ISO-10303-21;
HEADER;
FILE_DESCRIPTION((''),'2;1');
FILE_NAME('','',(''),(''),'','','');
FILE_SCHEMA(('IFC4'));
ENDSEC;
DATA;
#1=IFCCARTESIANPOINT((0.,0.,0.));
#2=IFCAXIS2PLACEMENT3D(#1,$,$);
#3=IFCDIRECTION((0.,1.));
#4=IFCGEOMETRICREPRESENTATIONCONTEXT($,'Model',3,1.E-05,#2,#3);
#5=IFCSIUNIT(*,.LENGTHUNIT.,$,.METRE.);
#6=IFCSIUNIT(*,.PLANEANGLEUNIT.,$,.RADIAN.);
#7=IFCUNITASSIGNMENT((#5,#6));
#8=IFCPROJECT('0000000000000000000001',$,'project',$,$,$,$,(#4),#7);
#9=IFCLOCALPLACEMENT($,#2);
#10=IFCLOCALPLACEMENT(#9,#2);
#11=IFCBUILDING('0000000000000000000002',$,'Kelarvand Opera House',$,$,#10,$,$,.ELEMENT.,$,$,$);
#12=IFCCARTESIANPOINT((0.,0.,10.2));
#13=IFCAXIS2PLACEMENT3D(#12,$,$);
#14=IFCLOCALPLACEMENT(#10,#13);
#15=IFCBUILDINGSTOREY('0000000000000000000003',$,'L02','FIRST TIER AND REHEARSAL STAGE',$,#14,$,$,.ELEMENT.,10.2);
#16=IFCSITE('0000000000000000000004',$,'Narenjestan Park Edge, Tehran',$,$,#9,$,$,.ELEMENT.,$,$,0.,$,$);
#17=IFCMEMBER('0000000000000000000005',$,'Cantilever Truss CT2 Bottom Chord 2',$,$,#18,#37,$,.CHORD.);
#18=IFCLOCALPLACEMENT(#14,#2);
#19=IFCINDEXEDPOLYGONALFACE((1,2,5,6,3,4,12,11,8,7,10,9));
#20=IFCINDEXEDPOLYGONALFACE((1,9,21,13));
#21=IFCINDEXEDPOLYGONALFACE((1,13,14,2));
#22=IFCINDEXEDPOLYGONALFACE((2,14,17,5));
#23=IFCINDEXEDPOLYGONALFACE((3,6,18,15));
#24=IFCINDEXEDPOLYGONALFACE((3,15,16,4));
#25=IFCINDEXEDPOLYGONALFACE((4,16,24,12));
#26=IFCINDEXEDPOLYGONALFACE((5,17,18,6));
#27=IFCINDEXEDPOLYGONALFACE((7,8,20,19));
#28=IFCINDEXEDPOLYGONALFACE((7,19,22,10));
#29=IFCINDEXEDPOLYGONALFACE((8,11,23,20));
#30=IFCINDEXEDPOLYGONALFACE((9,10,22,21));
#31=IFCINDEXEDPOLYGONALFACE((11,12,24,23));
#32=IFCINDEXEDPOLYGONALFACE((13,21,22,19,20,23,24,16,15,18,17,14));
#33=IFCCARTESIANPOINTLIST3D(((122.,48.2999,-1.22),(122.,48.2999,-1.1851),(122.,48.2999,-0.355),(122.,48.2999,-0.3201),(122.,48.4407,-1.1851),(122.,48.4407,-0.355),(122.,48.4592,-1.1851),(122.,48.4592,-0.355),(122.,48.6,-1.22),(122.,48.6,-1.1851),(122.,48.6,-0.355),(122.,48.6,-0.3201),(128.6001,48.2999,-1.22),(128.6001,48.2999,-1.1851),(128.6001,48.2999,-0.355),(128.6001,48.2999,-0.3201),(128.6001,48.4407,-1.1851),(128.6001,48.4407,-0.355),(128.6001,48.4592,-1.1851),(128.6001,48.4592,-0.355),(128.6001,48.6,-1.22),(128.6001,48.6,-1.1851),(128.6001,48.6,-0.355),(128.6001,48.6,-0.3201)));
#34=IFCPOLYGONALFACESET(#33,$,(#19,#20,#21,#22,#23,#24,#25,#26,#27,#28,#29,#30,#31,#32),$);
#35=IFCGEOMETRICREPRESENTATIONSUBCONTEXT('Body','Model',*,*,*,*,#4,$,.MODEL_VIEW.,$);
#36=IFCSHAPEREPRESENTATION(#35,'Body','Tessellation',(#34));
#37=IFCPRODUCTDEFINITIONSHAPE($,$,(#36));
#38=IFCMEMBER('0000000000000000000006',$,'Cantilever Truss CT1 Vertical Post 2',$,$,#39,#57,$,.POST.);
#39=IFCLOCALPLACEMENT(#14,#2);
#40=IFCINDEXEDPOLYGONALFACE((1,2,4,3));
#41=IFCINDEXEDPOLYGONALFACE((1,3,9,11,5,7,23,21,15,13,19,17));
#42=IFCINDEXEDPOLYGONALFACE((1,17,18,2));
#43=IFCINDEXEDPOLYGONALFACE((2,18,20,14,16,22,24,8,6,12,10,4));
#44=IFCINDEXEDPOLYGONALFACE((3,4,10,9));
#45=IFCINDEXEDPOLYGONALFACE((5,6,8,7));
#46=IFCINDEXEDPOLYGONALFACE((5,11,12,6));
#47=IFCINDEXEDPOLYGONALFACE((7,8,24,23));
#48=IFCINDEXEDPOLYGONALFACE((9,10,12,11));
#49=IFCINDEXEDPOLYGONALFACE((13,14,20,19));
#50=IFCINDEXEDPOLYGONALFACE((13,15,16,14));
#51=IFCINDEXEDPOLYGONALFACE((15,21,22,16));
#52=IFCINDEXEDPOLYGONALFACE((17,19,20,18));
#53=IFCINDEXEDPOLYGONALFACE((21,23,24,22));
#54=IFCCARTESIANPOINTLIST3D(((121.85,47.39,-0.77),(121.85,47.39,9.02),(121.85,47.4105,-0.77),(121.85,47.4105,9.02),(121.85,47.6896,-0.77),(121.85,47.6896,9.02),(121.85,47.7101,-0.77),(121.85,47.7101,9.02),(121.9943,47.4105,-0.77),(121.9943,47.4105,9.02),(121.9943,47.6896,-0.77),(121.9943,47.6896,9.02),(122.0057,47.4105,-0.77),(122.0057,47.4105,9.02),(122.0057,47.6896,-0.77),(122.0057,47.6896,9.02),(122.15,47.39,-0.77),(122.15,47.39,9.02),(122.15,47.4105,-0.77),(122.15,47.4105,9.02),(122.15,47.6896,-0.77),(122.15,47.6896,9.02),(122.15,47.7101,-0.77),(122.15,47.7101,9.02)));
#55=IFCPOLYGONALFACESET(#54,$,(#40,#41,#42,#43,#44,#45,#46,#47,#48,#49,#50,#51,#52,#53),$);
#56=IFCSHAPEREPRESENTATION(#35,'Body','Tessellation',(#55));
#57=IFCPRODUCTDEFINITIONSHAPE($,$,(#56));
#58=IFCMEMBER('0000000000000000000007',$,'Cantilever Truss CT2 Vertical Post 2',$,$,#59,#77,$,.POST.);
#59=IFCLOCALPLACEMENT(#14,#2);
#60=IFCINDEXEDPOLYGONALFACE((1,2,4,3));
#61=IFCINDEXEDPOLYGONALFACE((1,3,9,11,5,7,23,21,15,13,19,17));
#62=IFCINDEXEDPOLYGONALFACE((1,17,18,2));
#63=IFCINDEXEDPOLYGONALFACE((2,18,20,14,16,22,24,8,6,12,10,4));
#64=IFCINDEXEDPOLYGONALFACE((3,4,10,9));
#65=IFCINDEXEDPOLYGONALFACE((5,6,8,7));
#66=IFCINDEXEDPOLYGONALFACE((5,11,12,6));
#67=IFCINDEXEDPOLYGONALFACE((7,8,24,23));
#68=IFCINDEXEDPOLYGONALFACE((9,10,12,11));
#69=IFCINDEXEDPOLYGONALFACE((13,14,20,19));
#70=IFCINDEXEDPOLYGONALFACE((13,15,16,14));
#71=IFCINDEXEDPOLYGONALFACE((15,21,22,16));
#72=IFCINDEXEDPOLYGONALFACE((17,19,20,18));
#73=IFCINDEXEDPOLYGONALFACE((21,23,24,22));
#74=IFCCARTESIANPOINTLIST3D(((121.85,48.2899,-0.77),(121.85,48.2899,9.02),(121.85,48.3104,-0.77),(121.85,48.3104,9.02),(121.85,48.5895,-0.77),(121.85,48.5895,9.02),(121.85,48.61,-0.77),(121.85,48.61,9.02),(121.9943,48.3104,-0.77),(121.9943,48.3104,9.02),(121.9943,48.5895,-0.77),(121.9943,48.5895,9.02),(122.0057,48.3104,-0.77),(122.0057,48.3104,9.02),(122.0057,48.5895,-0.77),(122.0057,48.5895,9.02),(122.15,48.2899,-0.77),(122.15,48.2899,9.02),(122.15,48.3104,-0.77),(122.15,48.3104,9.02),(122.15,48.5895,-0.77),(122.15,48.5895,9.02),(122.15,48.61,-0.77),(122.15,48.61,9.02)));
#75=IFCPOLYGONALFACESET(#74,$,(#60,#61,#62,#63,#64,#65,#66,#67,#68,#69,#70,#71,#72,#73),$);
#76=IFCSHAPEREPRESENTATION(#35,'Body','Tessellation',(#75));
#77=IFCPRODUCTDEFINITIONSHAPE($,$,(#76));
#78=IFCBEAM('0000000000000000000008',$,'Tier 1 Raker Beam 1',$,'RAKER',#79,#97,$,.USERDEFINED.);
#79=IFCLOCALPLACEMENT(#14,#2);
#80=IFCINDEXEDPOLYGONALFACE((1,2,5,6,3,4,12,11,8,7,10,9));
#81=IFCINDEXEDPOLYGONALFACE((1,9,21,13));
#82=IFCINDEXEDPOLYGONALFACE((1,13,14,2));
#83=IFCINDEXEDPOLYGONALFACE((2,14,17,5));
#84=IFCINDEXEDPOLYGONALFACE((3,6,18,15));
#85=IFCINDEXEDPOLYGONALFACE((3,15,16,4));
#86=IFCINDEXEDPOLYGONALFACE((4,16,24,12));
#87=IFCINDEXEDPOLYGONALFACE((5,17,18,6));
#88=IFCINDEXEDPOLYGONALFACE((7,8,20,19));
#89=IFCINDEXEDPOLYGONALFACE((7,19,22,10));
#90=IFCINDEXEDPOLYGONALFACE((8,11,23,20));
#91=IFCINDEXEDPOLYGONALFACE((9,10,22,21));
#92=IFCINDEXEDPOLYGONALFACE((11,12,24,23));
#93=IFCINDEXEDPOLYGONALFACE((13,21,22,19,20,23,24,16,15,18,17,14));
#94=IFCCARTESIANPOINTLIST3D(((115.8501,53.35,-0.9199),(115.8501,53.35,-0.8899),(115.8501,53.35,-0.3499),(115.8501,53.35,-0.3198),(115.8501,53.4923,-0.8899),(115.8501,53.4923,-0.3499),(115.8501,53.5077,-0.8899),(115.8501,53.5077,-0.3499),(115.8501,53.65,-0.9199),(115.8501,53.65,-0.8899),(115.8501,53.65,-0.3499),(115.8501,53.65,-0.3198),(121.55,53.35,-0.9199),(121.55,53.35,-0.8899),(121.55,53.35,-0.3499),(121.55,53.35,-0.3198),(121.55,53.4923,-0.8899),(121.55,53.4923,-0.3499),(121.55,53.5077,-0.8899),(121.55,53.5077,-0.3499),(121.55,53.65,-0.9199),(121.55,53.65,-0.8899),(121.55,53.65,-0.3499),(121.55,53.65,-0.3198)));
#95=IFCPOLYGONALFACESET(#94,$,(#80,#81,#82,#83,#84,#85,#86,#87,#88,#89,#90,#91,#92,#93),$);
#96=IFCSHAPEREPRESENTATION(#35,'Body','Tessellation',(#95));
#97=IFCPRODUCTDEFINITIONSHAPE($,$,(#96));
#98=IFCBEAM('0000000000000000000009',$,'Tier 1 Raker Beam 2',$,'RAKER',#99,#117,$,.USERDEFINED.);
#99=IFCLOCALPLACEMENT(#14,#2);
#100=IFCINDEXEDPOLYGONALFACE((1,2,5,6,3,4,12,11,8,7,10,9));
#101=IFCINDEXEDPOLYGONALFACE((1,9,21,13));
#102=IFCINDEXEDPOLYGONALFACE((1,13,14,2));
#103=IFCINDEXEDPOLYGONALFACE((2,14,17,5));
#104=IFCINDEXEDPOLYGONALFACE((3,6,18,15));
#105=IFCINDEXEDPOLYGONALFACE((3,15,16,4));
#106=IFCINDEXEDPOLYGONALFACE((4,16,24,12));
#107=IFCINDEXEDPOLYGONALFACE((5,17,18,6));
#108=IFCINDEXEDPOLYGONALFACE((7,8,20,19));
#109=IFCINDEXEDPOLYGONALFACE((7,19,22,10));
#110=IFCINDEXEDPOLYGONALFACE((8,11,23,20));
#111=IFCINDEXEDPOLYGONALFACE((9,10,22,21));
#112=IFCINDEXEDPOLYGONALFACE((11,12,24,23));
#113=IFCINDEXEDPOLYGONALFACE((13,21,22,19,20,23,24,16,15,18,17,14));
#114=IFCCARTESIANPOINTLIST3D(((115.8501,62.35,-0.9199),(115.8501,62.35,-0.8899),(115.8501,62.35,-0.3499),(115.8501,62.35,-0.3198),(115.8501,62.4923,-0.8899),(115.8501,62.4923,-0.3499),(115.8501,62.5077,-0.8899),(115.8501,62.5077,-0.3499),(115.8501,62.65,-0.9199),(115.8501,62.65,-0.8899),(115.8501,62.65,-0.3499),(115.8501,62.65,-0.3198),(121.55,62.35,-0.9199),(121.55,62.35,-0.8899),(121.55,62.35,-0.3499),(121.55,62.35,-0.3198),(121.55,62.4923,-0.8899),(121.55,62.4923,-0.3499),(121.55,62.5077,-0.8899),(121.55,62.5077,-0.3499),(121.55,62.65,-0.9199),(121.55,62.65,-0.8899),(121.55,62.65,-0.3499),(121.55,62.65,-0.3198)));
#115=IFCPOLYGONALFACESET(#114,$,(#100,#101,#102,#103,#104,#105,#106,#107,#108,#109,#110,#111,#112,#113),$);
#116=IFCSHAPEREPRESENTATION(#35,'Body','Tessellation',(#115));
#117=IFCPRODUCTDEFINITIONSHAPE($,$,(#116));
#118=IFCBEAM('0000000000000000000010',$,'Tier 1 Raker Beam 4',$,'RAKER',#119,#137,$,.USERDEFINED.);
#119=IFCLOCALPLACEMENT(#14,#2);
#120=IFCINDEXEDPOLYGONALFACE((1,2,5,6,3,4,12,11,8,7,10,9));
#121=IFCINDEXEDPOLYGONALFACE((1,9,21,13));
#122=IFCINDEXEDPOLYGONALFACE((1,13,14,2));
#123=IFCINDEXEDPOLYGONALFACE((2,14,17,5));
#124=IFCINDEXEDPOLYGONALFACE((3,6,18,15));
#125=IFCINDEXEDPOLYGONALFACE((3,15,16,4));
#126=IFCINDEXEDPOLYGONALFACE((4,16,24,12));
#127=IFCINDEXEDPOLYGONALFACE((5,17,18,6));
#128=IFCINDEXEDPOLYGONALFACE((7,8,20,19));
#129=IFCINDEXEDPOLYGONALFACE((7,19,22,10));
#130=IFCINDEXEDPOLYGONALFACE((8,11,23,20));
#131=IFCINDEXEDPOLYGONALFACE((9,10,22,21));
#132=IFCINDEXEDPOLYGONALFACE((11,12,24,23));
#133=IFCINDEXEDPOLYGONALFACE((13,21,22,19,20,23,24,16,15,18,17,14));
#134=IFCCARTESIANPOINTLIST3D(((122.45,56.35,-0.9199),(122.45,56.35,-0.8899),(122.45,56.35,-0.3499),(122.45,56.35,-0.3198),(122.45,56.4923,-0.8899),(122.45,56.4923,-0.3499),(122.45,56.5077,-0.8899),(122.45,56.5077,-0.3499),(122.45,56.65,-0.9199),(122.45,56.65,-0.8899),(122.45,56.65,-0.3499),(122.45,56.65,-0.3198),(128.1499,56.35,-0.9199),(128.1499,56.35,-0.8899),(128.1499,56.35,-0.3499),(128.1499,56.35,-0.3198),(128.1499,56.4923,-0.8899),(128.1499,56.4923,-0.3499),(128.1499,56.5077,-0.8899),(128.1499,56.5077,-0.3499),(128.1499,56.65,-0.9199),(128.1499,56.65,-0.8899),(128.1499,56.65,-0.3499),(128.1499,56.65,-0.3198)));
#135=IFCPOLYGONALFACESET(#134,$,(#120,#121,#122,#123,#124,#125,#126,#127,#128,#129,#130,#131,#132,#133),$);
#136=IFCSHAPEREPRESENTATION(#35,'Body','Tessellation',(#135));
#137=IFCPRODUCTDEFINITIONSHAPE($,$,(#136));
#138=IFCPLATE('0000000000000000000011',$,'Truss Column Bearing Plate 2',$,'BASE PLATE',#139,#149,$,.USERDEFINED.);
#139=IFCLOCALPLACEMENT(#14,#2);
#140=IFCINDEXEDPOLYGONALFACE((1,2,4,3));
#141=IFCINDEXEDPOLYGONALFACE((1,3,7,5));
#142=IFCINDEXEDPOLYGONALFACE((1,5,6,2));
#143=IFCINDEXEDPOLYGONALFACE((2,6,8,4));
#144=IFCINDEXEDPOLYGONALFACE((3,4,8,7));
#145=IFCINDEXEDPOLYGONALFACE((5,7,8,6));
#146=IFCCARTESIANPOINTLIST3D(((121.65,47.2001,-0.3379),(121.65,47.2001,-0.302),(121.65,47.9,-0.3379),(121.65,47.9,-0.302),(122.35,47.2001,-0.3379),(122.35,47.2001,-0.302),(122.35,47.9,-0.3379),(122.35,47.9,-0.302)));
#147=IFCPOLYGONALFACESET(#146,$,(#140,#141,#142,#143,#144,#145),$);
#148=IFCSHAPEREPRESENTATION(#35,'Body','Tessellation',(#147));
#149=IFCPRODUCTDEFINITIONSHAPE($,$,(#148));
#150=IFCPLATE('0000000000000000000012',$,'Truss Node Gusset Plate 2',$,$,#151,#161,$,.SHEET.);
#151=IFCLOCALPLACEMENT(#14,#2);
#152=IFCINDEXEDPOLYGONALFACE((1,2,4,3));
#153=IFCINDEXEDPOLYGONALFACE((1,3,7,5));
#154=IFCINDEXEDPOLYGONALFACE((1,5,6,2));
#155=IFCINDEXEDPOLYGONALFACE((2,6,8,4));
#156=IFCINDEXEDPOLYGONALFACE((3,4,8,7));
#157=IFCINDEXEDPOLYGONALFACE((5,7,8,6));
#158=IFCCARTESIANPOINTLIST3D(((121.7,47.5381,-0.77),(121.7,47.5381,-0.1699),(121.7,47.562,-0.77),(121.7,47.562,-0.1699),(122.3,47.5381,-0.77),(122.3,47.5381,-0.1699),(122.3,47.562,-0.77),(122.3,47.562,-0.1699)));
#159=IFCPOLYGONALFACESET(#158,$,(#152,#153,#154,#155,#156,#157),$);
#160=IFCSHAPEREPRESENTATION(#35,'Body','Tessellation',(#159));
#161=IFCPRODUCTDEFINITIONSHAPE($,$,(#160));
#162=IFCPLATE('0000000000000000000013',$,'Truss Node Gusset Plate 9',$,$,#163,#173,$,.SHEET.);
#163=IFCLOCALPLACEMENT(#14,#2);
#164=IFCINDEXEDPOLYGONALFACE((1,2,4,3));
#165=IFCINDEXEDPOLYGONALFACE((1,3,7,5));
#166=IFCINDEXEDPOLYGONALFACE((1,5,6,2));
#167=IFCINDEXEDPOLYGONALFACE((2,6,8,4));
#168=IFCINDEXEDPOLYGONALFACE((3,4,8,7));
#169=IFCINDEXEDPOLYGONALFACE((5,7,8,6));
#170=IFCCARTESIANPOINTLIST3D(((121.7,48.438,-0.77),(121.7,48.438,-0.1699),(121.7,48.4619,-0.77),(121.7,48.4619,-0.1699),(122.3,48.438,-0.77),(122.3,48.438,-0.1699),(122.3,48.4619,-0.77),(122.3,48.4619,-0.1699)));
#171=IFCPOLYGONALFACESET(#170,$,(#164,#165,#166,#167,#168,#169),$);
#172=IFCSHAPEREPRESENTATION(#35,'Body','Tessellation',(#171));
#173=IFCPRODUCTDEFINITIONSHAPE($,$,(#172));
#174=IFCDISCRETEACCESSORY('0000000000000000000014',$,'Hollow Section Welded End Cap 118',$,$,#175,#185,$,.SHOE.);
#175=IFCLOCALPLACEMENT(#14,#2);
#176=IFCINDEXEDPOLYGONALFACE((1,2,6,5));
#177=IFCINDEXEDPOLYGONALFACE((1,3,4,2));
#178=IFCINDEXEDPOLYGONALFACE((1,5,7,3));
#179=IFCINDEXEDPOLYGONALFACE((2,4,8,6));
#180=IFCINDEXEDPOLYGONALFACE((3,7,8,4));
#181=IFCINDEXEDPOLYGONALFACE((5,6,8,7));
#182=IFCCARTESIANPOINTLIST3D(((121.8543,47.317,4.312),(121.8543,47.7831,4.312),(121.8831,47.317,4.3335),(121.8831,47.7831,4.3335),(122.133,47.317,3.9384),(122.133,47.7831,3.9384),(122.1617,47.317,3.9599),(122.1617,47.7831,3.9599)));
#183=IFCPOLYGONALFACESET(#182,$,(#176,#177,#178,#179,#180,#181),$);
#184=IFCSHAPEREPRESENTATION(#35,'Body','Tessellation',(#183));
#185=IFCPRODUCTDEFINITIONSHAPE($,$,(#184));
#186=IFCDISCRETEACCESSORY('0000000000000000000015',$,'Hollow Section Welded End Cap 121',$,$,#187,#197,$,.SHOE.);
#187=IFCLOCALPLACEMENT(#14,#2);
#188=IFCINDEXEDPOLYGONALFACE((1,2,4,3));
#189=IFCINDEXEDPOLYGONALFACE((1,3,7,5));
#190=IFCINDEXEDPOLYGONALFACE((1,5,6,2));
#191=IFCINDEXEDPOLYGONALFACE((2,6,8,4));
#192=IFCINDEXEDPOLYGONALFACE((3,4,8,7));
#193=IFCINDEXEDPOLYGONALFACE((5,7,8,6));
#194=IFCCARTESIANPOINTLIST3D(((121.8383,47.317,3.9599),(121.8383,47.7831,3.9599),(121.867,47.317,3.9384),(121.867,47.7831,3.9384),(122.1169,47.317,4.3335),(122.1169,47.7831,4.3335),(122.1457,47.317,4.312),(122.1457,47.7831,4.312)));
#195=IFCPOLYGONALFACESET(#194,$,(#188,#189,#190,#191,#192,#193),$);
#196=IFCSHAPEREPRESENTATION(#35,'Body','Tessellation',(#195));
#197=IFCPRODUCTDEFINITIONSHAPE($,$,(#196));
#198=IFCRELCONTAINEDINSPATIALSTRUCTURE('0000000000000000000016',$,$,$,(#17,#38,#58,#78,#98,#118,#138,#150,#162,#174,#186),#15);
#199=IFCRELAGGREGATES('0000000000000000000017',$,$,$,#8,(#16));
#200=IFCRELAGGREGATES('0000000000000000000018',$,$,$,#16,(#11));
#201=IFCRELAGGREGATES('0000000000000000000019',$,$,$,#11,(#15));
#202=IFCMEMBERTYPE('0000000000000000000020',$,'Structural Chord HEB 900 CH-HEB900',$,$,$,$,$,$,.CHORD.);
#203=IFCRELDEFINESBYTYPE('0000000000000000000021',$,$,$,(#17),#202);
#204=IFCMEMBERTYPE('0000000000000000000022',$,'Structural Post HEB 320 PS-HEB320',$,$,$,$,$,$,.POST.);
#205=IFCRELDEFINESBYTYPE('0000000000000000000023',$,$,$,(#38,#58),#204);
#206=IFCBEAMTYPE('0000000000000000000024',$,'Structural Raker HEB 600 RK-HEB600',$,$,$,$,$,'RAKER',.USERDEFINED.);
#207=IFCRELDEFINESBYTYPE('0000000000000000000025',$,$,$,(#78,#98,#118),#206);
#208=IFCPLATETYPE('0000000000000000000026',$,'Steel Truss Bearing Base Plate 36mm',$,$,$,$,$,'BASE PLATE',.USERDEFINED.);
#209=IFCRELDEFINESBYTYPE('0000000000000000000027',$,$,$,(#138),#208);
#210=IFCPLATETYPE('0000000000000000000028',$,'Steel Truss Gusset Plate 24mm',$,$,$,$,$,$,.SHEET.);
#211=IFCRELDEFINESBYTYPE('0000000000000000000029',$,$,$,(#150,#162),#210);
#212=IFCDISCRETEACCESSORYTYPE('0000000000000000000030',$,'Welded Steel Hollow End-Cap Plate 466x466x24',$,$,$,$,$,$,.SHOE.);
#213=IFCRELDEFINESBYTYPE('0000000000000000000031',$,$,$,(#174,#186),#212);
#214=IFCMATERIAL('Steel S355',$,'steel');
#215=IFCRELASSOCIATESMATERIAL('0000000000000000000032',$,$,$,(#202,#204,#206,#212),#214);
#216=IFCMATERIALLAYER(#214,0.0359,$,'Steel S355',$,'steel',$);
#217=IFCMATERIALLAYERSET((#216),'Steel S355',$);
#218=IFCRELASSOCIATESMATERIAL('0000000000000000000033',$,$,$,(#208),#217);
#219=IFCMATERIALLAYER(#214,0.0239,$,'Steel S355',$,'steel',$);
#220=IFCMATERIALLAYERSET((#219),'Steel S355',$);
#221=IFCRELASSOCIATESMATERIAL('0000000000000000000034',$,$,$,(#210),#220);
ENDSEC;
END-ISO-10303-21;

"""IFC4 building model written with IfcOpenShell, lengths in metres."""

from ifc_helpers import new_model, si_unit, direction, frame, origin, origin_2d, place, context, subcontext, project, spatial, rectangle, i_section, extrude, material, layer, layer_set, material_profile, profile_set, type_object, element, save


model = new_model("IFC4")

# Units and contexts
model_context = context("Model", 3, precision=1e-05, world=origin(), true_north=direction((0.0, 1.0)))
body_context = subcontext(model_context, "Body", "Model", "MODEL_VIEW")
ifc_project = project(units=[si_unit("LENGTHUNIT", "METRE"), si_unit("PLANEANGLEUNIT", "RADIAN")], contexts=[model_context])

# Site, building, storey
site_placement = place(None, origin())
site = spatial("IfcSite", under=ifc_project, at=site_placement, Name="Narenjestan Park Edge, Tehran", CompositionType="ELEMENT", RefElevation=0.0)
building_placement = place(site_placement, origin())
building = spatial("IfcBuilding", under=site, at=building_placement, Name="Kelarvand Opera House", CompositionType="ELEMENT")
storey_placement = place(building_placement, frame((0.0, 0.0, 10.2)))
storey = spatial("IfcBuildingStorey", under=building, at=storey_placement, Name="L02", Description="FIRST TIER AND REHEARSAL STAGE", CompositionType="ELEMENT", Elevation=10.2)

# Members
ifc_material_1 = material(Name="Steel S355", Category="steel")
ifc_material_profile_1 = material_profile(ifc_material_1, i_section(OverallWidth=0.3, OverallDepth=0.8999, WebThickness=0.0186, FlangeThickness=0.0349, at=origin_2d()), Name="HEB 900", Category="steel")
ifc_profile_set_1 = profile_set([ifc_material_profile_1], Name="Steel S355")
member_type_1 = type_object("IfcMemberType", Name="Structural Chord HEB 900 CH-HEB900", PredefinedType="CHORD", material=ifc_profile_set_1)
for number, where, z_axis, x_axis, name in (
    (1, (122.0, 48.45, -0.77), (1.0, 0.0, 0.0), (0.0, 1.0, 0.0), "Cantilever Truss CT2 Bottom Chord 2"),
):
    element("IfcMember", number, at=place(storey_placement, frame(where, z_axis=z_axis, x_axis=x_axis)), inside=storey, type_object=member_type_1, Name=name, PredefinedType="CHORD", context=body_context, shape_type="SweptSolid", body=[
        extrude(i_section(OverallWidth=0.3, OverallDepth=0.8999, WebThickness=0.0186, FlangeThickness=0.0349, at=origin_2d()), origin(), (0.0, 0.0, 1.0), 6.6001),
    ])
ifc_material_profile_2 = material_profile(ifc_material_1, i_section(OverallWidth=0.3, OverallDepth=0.3201, WebThickness=0.0115, FlangeThickness=0.0205, at=origin_2d()), Name="HEB 320", Category="steel")
ifc_profile_set_2 = profile_set([ifc_material_profile_2], Name="Steel S355")
member_type_2 = type_object("IfcMemberType", Name="Structural Post HEB 320 PS-HEB320", PredefinedType="POST", material=ifc_profile_set_2)
for number, where, z_axis, x_axis, name in (
    (2, (122.0, 47.55, -0.77), (0.0, 0.0, 1.0), (1.0, 0.0, 0.0), "Cantilever Truss CT1 Vertical Post 2"),
    (3, (122.0, 48.45, -0.77), (0.0, 0.0, 1.0), (1.0, 0.0, 0.0), "Cantilever Truss CT2 Vertical Post 2"),
):
    element("IfcMember", number, at=place(storey_placement, frame(where, z_axis=z_axis, x_axis=x_axis)), inside=storey, type_object=member_type_2, Name=name, PredefinedType="POST", context=body_context, shape_type="SweptSolid", body=[
        extrude(i_section(OverallWidth=0.3, OverallDepth=0.3201, WebThickness=0.0115, FlangeThickness=0.0205, at=origin_2d()), origin(), (0.0, 0.0, 1.0), 9.79),
    ])

# Beams
ifc_material_profile_3 = material_profile(ifc_material_1, i_section(OverallWidth=0.3, OverallDepth=0.6001, WebThickness=0.0154, FlangeThickness=0.03, at=origin_2d()), Name="HEB 600", Category="steel")
ifc_profile_set_3 = profile_set([ifc_material_profile_3], Name="Steel S355")
beam_type_1 = type_object("IfcBeamType", Name="Structural Raker HEB 600 RK-HEB600", ElementType="RAKER", PredefinedType="USERDEFINED", material=ifc_profile_set_3)
for number, where, z_axis, x_axis, name in (
    (4, (115.8501, 53.5, -0.6199), (1.0, 0.0, 0.0), (0.0, 1.0, 0.0), "Tier 1 Raker Beam 1"),
    (5, (115.8501, 62.5, -0.6199), (1.0, 0.0, 0.0), (0.0, 1.0, 0.0), "Tier 1 Raker Beam 2"),
    (6, (122.45, 56.5, -0.6199), (1.0, 0.0, 0.0), (0.0, 1.0, 0.0), "Tier 1 Raker Beam 4"),
):
    element("IfcBeam", number, at=place(storey_placement, frame(where, z_axis=z_axis, x_axis=x_axis)), inside=storey, type_object=beam_type_1, Name=name, ObjectType="RAKER", PredefinedType="USERDEFINED", context=body_context, shape_type="SweptSolid", body=[
        extrude(i_section(OverallWidth=0.3, OverallDepth=0.6001, WebThickness=0.0154, FlangeThickness=0.03, at=origin_2d()), origin(), (0.0, 0.0, 1.0), 5.7),
    ])

# Plates
ifc_layer_1 = layer(ifc_material_1, 0.0359, Name="Steel S355", Category="steel")
ifc_layer_set_1 = layer_set([ifc_layer_1], Name="Steel S355")
plate_type_1 = type_object("IfcPlateType", Name="Steel Truss Bearing Base Plate 36mm", ElementType="BASE PLATE", PredefinedType="USERDEFINED", material=ifc_layer_set_1)
plate_placement = place(storey_placement, frame((122.0, 47.55, -0.3379), z_axis=(0.0, 0.0, 1.0), x_axis=(1.0, 0.0, 0.0)))
element("IfcPlate", 7, at=plate_placement, inside=storey, type_object=plate_type_1, Name="Truss Column Bearing Plate 2", ObjectType="BASE PLATE", PredefinedType="USERDEFINED", context=body_context, shape_type="SweptSolid", body=[
    extrude(rectangle(XDim=0.7, YDim=0.7, at=origin_2d()), origin(), (0.0, 0.0, 1.0), 0.0359),
])
ifc_layer_2 = layer(ifc_material_1, 0.0239, Name="Steel S355", Category="steel")
ifc_layer_set_2 = layer_set([ifc_layer_2], Name="Steel S355")
plate_type_2 = type_object("IfcPlateType", Name="Steel Truss Gusset Plate 24mm", PredefinedType="SHEET", material=ifc_layer_set_2)
for number, where, z_axis, x_axis, name in (
    (8, (122.0, 47.55, -0.77), (0.0, 0.0, 1.0), (1.0, 0.0, 0.0), "Truss Node Gusset Plate 2"),
    (9, (122.0, 48.45, -0.77), (0.0, 0.0, 1.0), (1.0, 0.0, 0.0), "Truss Node Gusset Plate 9"),
):
    element("IfcPlate", number, at=place(storey_placement, frame(where, z_axis=z_axis, x_axis=x_axis)), inside=storey, type_object=plate_type_2, Name=name, PredefinedType="SHEET", context=body_context, shape_type="SweptSolid", body=[
        extrude(rectangle(XDim=0.6001, YDim=0.0239, at=origin_2d()), origin(), (0.0, 0.0, 1.0), 0.6001),
    ])

# Discrete accessories
ifc_material_profile_4 = material_profile(ifc_material_1, rectangle(XDim=0.4661, YDim=0.4661, at=origin_2d()), Name="Welded Steel Hollow End-Cap Plate 466x466x24", Category="steel")
ifc_profile_set_4 = profile_set([ifc_material_profile_4], Name="Steel S355")
discrete_accessory_type = type_object("IfcDiscreteAccessoryType", Name="Welded Steel Hollow End-Cap Plate 466x466x24", PredefinedType="SHOE", material=ifc_profile_set_4)
for number, where, z_axis, x_axis, name in (
    (10, (121.9937, 47.55, 4.1252), (0.801627, 0.0, 0.597824), (0.0, 1.0, 0.0), "Hollow Section Welded End Cap 118"),
    (11, (122.0063, 47.55, 4.1252), (-0.801627, 0.0, 0.597824), (0.0, -1.0, 0.0), "Hollow Section Welded End Cap 121"),
):
    element("IfcDiscreteAccessory", number, at=place(storey_placement, frame(where, z_axis=z_axis, x_axis=x_axis)), inside=storey, type_object=discrete_accessory_type, Name=name, PredefinedType="SHOE", context=body_context, shape_type="SweptSolid", body=[
        extrude(rectangle(XDim=0.4661, YDim=0.4661, at=origin_2d()), origin(), (0.0, 0.0, 1.0), 0.0359),
    ])

save(model, "model.ifc")
